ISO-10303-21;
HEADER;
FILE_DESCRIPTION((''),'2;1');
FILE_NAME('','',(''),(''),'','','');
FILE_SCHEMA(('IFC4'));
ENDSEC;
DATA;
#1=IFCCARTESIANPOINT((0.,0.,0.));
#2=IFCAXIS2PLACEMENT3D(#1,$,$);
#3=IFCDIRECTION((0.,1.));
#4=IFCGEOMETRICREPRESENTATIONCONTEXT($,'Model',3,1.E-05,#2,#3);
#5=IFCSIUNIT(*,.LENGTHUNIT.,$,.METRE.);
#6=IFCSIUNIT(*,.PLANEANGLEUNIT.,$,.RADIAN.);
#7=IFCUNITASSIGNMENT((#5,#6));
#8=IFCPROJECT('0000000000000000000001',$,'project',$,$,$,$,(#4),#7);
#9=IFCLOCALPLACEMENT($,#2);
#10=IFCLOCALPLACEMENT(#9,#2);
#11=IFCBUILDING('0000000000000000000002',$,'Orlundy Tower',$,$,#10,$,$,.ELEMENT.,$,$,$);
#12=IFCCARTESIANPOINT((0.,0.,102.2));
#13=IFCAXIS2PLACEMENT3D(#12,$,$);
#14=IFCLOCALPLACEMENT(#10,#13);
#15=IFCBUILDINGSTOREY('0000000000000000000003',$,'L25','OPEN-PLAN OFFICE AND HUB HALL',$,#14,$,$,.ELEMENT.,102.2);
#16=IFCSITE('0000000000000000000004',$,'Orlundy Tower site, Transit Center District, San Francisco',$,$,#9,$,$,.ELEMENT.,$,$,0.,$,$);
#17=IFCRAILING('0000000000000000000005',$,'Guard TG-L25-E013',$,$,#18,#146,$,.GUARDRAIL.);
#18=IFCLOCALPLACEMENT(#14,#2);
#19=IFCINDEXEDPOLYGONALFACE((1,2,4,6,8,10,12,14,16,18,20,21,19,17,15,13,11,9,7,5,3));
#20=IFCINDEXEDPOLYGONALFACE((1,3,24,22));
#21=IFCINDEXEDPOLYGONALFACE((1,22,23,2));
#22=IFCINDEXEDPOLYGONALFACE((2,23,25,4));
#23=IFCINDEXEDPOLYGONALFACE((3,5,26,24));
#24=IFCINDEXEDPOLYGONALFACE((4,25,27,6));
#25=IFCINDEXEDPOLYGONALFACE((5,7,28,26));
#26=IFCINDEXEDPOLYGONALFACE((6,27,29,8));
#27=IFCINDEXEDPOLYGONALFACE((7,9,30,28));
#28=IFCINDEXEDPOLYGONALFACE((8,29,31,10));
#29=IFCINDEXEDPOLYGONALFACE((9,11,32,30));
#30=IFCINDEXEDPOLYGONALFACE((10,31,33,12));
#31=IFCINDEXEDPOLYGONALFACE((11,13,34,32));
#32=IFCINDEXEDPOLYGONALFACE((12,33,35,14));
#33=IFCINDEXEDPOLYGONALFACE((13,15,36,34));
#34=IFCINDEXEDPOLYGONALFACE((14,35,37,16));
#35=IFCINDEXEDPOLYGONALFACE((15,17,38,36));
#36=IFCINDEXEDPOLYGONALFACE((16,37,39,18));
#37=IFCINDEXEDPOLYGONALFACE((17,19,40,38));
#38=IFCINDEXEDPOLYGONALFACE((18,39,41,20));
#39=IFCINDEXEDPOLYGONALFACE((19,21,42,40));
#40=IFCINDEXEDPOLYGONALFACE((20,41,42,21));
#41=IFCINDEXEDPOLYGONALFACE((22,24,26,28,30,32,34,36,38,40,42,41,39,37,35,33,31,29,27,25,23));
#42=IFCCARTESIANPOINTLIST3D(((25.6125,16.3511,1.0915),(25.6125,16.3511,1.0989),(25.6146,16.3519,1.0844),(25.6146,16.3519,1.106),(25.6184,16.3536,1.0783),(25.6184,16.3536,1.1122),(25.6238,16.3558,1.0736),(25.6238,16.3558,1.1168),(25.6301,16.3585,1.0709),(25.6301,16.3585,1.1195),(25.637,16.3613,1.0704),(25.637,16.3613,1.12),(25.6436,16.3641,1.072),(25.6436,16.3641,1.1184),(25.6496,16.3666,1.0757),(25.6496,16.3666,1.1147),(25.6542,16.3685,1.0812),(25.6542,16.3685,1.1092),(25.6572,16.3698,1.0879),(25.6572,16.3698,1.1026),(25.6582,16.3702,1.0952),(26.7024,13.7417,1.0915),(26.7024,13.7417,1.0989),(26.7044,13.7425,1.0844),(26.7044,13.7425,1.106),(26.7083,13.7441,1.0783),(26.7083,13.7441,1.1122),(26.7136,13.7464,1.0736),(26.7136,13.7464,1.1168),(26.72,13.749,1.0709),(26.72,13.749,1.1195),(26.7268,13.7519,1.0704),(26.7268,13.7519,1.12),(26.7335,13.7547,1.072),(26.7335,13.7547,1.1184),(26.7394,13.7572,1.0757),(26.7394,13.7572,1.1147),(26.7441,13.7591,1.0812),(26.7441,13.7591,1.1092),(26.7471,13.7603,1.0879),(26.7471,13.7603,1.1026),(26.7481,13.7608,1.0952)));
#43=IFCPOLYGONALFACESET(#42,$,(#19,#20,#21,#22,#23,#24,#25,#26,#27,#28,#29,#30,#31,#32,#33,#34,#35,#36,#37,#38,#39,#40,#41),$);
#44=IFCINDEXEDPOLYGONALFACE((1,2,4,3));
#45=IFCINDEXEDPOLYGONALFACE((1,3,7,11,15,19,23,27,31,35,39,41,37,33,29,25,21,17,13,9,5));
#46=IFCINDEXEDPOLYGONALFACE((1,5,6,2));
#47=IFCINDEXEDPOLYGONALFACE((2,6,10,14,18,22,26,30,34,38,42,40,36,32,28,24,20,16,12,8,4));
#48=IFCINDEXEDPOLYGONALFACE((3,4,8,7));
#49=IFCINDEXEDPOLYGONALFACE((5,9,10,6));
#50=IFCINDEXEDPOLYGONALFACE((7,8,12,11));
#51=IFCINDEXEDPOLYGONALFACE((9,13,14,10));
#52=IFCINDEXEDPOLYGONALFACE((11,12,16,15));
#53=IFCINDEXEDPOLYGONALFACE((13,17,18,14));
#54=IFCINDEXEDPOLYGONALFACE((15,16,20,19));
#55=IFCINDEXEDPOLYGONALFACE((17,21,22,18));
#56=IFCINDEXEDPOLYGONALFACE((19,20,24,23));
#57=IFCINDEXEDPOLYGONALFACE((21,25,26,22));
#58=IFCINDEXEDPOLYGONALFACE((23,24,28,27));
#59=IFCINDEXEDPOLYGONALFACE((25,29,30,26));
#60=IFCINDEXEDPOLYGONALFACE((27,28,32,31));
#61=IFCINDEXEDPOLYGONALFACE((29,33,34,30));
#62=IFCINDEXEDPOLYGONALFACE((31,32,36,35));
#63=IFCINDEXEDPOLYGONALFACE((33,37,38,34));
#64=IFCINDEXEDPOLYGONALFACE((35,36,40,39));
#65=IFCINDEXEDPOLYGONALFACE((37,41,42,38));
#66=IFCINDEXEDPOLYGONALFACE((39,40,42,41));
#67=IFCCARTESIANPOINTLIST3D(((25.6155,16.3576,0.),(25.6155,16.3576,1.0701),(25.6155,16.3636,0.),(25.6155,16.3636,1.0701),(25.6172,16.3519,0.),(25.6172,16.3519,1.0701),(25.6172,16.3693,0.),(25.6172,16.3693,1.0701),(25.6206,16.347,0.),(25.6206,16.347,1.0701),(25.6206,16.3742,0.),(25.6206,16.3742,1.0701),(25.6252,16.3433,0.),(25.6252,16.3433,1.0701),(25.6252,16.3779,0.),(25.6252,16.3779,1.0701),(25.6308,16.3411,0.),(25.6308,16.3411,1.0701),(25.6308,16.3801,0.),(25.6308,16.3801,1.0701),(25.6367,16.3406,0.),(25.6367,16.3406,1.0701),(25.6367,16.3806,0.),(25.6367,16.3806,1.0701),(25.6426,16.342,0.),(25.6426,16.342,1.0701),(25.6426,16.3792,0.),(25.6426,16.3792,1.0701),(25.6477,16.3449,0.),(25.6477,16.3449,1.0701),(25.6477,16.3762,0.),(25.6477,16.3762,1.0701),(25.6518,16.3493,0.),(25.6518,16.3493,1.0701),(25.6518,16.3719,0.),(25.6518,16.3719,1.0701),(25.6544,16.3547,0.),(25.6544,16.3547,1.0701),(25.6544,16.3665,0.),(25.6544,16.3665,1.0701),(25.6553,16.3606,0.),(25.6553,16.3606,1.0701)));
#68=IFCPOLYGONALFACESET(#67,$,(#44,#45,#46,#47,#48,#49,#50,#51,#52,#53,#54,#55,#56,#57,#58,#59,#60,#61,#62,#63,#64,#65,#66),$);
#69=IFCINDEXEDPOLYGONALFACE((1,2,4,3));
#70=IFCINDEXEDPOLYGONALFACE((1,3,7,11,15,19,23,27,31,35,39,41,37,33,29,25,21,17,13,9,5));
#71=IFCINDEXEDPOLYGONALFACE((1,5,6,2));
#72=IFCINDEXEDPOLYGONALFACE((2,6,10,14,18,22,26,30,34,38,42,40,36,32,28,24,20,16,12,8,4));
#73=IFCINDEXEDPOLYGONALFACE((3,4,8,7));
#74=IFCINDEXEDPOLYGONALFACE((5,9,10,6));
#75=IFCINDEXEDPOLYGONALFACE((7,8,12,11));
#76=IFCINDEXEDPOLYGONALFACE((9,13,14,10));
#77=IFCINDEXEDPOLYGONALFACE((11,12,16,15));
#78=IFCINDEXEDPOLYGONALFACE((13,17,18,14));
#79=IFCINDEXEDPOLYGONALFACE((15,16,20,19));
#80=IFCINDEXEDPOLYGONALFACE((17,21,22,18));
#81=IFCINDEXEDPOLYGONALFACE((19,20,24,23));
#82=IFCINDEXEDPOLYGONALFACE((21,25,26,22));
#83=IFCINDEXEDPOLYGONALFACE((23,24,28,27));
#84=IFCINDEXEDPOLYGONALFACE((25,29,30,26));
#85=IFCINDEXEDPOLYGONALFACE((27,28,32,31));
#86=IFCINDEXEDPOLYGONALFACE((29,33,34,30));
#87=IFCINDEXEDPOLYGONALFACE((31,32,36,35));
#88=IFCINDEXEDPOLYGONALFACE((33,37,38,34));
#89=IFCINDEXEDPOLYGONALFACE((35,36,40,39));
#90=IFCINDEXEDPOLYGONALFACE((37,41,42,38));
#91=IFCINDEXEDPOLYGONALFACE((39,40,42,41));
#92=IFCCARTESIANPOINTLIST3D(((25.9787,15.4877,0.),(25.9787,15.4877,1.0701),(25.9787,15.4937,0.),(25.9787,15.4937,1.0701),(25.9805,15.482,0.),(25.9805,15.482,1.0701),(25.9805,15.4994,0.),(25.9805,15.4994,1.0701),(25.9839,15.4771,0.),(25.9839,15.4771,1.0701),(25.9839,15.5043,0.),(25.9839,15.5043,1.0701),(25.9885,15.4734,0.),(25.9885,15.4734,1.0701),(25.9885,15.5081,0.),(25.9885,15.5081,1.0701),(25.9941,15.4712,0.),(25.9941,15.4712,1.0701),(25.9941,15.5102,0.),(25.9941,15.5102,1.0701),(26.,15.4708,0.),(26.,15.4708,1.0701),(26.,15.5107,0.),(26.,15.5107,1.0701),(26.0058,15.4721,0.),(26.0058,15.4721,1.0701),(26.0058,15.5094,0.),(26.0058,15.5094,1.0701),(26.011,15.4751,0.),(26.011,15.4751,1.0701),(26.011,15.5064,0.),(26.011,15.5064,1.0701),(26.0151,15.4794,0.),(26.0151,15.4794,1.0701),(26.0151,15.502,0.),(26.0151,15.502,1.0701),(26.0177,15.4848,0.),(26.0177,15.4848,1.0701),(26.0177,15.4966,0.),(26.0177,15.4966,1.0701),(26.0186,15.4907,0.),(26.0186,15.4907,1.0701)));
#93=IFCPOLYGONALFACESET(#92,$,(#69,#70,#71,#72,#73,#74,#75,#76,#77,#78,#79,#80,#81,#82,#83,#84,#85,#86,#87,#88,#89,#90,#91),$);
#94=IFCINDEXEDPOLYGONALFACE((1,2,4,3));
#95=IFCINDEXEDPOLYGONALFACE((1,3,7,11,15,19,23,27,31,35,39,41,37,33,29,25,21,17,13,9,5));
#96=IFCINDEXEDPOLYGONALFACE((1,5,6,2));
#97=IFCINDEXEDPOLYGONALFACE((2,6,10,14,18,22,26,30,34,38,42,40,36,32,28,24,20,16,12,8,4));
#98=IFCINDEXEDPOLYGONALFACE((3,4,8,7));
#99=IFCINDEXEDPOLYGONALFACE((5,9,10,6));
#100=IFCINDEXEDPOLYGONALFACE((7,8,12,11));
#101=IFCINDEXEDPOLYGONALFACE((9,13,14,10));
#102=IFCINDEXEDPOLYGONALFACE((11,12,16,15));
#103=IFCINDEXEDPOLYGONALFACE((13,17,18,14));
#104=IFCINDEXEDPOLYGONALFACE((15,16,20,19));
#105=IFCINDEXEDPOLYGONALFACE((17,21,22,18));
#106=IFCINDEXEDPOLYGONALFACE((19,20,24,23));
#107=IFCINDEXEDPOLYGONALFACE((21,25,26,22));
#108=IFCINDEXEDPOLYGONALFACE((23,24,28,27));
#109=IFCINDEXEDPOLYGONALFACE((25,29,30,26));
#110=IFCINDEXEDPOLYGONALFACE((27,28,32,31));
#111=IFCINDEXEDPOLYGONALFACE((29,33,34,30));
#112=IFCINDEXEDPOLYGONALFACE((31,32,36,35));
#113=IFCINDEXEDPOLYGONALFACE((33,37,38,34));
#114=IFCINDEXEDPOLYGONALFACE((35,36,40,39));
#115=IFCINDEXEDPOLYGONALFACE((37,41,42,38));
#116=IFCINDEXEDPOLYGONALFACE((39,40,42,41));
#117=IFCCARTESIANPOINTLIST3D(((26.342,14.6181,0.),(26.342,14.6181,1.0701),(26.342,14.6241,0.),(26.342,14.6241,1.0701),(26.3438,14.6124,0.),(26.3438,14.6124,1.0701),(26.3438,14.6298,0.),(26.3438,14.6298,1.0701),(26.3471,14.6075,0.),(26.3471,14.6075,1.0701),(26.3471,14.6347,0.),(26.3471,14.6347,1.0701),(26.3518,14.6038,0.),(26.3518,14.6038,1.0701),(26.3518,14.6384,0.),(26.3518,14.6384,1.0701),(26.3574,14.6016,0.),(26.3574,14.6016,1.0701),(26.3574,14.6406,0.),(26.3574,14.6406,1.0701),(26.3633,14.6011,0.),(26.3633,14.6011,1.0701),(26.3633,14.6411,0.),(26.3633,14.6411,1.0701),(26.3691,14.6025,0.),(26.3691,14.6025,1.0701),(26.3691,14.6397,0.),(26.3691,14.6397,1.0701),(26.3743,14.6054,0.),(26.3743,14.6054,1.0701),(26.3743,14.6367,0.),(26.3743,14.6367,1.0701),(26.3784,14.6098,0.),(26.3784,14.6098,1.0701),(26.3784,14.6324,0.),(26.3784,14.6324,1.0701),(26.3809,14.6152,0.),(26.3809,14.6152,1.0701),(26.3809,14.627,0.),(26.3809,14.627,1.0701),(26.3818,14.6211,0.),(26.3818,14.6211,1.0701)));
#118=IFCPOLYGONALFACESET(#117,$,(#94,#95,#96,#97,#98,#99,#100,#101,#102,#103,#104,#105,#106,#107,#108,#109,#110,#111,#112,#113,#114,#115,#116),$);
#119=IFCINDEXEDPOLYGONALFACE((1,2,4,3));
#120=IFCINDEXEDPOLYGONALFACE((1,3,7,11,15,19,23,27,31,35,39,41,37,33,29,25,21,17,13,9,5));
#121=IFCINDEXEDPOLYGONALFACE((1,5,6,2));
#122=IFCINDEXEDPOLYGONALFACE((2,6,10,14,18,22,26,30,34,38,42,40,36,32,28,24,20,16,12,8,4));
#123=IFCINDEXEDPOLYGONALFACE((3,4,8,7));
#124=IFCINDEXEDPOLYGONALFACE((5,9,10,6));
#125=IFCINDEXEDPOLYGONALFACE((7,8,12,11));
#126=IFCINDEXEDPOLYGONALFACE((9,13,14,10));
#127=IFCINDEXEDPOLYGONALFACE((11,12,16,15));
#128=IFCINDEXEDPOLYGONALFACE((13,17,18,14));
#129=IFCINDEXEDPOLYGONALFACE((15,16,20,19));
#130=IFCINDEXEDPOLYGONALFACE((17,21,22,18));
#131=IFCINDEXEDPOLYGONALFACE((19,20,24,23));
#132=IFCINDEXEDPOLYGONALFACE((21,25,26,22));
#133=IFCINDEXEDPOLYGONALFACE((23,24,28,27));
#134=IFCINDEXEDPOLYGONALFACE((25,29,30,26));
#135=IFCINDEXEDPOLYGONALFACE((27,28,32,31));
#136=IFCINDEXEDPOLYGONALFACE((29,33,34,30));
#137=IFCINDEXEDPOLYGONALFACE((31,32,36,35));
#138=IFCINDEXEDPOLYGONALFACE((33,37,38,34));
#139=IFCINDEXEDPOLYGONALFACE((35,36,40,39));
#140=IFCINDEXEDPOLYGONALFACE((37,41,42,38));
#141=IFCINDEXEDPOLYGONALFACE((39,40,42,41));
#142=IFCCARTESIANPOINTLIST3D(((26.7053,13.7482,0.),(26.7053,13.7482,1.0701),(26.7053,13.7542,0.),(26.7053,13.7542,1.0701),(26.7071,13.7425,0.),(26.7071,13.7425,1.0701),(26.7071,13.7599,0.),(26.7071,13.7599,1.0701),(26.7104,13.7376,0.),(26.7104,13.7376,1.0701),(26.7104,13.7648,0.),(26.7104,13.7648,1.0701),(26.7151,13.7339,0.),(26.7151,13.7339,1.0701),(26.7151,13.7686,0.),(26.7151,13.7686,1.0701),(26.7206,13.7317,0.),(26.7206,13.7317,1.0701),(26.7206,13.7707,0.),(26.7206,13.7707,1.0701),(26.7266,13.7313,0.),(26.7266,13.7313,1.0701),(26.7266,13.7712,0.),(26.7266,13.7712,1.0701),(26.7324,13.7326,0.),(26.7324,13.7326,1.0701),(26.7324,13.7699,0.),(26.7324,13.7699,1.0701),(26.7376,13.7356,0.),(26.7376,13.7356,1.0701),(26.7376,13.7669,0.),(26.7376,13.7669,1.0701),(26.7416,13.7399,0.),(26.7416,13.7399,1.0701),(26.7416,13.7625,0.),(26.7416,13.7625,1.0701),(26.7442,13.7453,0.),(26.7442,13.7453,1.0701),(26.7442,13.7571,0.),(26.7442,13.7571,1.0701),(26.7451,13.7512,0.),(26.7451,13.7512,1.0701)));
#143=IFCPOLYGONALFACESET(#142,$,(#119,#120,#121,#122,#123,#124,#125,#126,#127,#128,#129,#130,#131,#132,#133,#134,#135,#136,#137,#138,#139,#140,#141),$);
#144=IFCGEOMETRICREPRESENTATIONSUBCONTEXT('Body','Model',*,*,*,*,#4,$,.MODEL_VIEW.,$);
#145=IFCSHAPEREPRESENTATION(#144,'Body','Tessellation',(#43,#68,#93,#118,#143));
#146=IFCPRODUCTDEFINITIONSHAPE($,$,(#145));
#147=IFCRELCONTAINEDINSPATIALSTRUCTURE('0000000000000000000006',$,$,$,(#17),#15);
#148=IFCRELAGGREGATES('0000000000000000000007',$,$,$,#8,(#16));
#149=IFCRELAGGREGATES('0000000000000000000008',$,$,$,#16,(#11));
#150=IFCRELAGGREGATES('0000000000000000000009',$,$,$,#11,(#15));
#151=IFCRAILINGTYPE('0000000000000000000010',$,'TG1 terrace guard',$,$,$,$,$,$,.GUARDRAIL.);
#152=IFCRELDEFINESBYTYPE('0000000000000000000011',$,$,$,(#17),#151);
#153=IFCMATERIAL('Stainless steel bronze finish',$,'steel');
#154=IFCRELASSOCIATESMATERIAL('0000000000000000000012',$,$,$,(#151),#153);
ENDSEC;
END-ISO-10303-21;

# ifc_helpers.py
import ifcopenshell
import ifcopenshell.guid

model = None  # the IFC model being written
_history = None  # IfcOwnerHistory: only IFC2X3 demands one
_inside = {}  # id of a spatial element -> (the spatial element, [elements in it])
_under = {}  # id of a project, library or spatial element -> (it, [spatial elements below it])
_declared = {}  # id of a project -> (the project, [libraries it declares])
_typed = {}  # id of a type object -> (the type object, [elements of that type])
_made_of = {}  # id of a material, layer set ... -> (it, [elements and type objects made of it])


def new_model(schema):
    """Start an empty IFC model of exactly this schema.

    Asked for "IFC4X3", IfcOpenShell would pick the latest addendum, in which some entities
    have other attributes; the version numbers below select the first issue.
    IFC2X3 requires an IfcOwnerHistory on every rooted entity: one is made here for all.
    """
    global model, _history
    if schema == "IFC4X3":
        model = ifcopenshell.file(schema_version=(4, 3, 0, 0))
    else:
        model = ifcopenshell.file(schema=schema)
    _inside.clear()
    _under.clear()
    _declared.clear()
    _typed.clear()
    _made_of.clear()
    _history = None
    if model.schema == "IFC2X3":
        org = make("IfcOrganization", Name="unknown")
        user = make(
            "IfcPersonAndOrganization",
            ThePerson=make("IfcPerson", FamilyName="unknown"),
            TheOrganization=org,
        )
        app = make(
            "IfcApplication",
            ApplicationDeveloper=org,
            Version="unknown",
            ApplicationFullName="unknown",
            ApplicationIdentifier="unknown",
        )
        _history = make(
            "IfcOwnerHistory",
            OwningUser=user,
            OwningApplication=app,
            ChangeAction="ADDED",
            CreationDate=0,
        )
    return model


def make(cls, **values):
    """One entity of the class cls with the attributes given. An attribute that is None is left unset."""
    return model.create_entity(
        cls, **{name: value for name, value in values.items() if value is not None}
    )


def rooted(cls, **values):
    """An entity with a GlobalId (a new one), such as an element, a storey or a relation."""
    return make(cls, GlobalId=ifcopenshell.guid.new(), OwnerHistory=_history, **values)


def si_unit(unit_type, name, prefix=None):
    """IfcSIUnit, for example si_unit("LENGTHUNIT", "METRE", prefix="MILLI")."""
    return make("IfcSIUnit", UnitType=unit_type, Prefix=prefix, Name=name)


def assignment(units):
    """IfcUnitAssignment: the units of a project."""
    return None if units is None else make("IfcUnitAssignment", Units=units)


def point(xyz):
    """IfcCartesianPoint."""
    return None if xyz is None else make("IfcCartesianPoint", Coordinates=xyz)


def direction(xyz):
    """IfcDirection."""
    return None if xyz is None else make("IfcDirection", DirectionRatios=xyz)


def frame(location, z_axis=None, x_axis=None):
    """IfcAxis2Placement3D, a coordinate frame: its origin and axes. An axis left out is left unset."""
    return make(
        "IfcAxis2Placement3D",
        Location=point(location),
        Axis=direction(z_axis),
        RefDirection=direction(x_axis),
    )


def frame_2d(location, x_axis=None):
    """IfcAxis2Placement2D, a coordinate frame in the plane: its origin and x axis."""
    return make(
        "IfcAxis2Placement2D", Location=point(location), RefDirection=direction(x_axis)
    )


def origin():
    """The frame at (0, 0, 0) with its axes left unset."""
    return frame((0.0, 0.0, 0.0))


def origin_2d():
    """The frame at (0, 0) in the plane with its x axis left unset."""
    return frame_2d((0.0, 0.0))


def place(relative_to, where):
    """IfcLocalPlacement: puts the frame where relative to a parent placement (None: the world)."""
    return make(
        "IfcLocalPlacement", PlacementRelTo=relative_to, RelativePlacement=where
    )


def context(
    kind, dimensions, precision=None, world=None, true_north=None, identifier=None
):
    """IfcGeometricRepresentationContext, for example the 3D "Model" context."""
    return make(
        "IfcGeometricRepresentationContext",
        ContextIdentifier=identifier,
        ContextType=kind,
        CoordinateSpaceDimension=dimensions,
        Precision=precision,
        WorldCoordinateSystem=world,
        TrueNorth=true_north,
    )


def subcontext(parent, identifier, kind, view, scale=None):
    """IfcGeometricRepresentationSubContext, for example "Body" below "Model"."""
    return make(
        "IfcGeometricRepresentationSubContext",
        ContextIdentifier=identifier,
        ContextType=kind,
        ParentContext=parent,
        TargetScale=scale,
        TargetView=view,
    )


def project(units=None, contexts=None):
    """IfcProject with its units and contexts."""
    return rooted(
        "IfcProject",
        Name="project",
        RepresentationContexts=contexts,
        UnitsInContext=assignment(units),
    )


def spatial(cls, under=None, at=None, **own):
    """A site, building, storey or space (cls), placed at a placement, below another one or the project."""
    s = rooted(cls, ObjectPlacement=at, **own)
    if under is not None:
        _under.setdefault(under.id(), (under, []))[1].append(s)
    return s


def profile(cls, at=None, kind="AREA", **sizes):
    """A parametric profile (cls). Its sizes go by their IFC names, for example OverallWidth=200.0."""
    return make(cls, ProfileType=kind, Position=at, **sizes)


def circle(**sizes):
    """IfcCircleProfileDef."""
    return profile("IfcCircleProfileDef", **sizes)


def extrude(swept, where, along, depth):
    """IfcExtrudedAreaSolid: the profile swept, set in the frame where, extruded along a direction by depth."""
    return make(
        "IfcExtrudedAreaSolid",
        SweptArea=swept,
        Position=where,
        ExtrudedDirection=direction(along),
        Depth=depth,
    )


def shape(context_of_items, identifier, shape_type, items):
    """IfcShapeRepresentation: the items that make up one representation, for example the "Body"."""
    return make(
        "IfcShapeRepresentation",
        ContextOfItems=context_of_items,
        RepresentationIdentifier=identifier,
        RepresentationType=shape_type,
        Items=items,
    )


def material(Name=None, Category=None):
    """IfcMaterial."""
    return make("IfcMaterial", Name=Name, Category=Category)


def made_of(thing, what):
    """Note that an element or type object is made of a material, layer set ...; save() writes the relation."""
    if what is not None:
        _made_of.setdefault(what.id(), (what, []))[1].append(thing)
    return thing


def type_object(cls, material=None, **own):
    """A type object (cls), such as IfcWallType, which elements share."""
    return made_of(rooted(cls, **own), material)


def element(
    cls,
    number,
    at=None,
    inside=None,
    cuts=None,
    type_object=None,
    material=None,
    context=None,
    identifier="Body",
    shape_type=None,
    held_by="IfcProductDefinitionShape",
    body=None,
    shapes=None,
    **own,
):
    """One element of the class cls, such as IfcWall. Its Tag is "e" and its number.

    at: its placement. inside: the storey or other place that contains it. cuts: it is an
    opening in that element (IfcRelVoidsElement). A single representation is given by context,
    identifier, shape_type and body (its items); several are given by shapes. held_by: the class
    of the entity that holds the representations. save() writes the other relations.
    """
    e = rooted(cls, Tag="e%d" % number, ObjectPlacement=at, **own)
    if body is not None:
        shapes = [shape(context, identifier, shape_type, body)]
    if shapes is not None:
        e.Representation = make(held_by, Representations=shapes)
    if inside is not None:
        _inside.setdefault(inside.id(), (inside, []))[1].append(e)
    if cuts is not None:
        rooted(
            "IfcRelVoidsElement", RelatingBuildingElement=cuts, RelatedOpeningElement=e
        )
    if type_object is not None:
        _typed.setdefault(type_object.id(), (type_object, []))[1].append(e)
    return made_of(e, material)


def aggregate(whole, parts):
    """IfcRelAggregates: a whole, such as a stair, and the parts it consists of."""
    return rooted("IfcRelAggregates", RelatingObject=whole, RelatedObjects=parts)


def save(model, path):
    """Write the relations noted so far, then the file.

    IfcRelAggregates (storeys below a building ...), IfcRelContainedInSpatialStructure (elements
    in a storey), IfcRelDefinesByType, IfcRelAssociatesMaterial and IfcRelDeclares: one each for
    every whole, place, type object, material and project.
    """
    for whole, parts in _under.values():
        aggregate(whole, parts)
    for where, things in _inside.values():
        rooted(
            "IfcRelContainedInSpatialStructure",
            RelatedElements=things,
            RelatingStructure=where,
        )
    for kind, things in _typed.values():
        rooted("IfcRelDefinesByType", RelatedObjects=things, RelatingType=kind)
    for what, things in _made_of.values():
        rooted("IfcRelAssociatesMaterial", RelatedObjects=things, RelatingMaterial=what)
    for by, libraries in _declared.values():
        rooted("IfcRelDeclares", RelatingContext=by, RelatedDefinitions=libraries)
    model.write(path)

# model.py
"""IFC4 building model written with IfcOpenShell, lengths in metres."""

from ifc_helpers import new_model, si_unit, direction, frame, origin, origin_2d, place, context, subcontext, project, spatial, circle, extrude, material, type_object, element, save


model = new_model("IFC4")

# Units and contexts
model_context = context("Model", 3, precision=1e-05, world=origin(), true_north=direction((0.0, 1.0)))
body_context = subcontext(model_context, "Body", "Model", "MODEL_VIEW")
ifc_project = project(units=[si_unit("LENGTHUNIT", "METRE"), si_unit("PLANEANGLEUNIT", "RADIAN")], contexts=[model_context])

# Site, building, storey
site_placement = place(None, origin())
site = spatial("IfcSite", under=ifc_project, at=site_placement, Name="Orlundy Tower site, Transit Center District, San Francisco", CompositionType="ELEMENT", RefElevation=0.0)
building_placement = place(site_placement, origin())
building = spatial("IfcBuilding", under=site, at=building_placement, Name="Orlundy Tower", CompositionType="ELEMENT")
storey_placement = place(building_placement, frame((0.0, 0.0, 102.2)))
storey = spatial("IfcBuildingStorey", under=building, at=storey_placement, Name="L25", Description="OPEN-PLAN OFFICE AND HUB HALL", CompositionType="ELEMENT", Elevation=102.2)

# Railing
ifc_material_1 = material(Name="Stainless steel bronze finish", Category="steel")
railing_type = type_object("IfcRailingType", Name="TG1 terrace guard", PredefinedType="GUARDRAIL", material=ifc_material_1)
railing_1_placement = place(storey_placement, frame((25.6353, 16.3606, 0.0)))
element("IfcRailing", 1, at=railing_1_placement, inside=storey, type_object=railing_type, Name="Guard TG-L25-E013", PredefinedType="GUARDRAIL", context=body_context, shape_type="SweptSolid", body=[
    extrude(circle(Radius=0.0249, at=origin_2d()), frame((0.0, 0.0, 1.0952), z_axis=(0.3854, -0.92275, 0.0), x_axis=(0.92275, 0.3854, 0.0)), (0.0, 0.0, 1.0), 2.8279),
    extrude(circle(Radius=0.02, at=origin_2d()), origin(), (0.0, 0.0, 1.0), 1.0701),
    extrude(circle(Radius=0.02, at=origin_2d()), frame((0.3633, -0.8699, 0.0)), (0.0, 0.0, 1.0), 1.0701),
    extrude(circle(Radius=0.02, at=origin_2d()), frame((0.7266, -1.7395, 0.0)), (0.0, 0.0, 1.0), 1.0701),
    extrude(circle(Radius=0.02, at=origin_2d()), frame((1.0898, -2.6094, 0.0)), (0.0, 0.0, 1.0), 1.0701),
])

save(model, "model.ifc")
